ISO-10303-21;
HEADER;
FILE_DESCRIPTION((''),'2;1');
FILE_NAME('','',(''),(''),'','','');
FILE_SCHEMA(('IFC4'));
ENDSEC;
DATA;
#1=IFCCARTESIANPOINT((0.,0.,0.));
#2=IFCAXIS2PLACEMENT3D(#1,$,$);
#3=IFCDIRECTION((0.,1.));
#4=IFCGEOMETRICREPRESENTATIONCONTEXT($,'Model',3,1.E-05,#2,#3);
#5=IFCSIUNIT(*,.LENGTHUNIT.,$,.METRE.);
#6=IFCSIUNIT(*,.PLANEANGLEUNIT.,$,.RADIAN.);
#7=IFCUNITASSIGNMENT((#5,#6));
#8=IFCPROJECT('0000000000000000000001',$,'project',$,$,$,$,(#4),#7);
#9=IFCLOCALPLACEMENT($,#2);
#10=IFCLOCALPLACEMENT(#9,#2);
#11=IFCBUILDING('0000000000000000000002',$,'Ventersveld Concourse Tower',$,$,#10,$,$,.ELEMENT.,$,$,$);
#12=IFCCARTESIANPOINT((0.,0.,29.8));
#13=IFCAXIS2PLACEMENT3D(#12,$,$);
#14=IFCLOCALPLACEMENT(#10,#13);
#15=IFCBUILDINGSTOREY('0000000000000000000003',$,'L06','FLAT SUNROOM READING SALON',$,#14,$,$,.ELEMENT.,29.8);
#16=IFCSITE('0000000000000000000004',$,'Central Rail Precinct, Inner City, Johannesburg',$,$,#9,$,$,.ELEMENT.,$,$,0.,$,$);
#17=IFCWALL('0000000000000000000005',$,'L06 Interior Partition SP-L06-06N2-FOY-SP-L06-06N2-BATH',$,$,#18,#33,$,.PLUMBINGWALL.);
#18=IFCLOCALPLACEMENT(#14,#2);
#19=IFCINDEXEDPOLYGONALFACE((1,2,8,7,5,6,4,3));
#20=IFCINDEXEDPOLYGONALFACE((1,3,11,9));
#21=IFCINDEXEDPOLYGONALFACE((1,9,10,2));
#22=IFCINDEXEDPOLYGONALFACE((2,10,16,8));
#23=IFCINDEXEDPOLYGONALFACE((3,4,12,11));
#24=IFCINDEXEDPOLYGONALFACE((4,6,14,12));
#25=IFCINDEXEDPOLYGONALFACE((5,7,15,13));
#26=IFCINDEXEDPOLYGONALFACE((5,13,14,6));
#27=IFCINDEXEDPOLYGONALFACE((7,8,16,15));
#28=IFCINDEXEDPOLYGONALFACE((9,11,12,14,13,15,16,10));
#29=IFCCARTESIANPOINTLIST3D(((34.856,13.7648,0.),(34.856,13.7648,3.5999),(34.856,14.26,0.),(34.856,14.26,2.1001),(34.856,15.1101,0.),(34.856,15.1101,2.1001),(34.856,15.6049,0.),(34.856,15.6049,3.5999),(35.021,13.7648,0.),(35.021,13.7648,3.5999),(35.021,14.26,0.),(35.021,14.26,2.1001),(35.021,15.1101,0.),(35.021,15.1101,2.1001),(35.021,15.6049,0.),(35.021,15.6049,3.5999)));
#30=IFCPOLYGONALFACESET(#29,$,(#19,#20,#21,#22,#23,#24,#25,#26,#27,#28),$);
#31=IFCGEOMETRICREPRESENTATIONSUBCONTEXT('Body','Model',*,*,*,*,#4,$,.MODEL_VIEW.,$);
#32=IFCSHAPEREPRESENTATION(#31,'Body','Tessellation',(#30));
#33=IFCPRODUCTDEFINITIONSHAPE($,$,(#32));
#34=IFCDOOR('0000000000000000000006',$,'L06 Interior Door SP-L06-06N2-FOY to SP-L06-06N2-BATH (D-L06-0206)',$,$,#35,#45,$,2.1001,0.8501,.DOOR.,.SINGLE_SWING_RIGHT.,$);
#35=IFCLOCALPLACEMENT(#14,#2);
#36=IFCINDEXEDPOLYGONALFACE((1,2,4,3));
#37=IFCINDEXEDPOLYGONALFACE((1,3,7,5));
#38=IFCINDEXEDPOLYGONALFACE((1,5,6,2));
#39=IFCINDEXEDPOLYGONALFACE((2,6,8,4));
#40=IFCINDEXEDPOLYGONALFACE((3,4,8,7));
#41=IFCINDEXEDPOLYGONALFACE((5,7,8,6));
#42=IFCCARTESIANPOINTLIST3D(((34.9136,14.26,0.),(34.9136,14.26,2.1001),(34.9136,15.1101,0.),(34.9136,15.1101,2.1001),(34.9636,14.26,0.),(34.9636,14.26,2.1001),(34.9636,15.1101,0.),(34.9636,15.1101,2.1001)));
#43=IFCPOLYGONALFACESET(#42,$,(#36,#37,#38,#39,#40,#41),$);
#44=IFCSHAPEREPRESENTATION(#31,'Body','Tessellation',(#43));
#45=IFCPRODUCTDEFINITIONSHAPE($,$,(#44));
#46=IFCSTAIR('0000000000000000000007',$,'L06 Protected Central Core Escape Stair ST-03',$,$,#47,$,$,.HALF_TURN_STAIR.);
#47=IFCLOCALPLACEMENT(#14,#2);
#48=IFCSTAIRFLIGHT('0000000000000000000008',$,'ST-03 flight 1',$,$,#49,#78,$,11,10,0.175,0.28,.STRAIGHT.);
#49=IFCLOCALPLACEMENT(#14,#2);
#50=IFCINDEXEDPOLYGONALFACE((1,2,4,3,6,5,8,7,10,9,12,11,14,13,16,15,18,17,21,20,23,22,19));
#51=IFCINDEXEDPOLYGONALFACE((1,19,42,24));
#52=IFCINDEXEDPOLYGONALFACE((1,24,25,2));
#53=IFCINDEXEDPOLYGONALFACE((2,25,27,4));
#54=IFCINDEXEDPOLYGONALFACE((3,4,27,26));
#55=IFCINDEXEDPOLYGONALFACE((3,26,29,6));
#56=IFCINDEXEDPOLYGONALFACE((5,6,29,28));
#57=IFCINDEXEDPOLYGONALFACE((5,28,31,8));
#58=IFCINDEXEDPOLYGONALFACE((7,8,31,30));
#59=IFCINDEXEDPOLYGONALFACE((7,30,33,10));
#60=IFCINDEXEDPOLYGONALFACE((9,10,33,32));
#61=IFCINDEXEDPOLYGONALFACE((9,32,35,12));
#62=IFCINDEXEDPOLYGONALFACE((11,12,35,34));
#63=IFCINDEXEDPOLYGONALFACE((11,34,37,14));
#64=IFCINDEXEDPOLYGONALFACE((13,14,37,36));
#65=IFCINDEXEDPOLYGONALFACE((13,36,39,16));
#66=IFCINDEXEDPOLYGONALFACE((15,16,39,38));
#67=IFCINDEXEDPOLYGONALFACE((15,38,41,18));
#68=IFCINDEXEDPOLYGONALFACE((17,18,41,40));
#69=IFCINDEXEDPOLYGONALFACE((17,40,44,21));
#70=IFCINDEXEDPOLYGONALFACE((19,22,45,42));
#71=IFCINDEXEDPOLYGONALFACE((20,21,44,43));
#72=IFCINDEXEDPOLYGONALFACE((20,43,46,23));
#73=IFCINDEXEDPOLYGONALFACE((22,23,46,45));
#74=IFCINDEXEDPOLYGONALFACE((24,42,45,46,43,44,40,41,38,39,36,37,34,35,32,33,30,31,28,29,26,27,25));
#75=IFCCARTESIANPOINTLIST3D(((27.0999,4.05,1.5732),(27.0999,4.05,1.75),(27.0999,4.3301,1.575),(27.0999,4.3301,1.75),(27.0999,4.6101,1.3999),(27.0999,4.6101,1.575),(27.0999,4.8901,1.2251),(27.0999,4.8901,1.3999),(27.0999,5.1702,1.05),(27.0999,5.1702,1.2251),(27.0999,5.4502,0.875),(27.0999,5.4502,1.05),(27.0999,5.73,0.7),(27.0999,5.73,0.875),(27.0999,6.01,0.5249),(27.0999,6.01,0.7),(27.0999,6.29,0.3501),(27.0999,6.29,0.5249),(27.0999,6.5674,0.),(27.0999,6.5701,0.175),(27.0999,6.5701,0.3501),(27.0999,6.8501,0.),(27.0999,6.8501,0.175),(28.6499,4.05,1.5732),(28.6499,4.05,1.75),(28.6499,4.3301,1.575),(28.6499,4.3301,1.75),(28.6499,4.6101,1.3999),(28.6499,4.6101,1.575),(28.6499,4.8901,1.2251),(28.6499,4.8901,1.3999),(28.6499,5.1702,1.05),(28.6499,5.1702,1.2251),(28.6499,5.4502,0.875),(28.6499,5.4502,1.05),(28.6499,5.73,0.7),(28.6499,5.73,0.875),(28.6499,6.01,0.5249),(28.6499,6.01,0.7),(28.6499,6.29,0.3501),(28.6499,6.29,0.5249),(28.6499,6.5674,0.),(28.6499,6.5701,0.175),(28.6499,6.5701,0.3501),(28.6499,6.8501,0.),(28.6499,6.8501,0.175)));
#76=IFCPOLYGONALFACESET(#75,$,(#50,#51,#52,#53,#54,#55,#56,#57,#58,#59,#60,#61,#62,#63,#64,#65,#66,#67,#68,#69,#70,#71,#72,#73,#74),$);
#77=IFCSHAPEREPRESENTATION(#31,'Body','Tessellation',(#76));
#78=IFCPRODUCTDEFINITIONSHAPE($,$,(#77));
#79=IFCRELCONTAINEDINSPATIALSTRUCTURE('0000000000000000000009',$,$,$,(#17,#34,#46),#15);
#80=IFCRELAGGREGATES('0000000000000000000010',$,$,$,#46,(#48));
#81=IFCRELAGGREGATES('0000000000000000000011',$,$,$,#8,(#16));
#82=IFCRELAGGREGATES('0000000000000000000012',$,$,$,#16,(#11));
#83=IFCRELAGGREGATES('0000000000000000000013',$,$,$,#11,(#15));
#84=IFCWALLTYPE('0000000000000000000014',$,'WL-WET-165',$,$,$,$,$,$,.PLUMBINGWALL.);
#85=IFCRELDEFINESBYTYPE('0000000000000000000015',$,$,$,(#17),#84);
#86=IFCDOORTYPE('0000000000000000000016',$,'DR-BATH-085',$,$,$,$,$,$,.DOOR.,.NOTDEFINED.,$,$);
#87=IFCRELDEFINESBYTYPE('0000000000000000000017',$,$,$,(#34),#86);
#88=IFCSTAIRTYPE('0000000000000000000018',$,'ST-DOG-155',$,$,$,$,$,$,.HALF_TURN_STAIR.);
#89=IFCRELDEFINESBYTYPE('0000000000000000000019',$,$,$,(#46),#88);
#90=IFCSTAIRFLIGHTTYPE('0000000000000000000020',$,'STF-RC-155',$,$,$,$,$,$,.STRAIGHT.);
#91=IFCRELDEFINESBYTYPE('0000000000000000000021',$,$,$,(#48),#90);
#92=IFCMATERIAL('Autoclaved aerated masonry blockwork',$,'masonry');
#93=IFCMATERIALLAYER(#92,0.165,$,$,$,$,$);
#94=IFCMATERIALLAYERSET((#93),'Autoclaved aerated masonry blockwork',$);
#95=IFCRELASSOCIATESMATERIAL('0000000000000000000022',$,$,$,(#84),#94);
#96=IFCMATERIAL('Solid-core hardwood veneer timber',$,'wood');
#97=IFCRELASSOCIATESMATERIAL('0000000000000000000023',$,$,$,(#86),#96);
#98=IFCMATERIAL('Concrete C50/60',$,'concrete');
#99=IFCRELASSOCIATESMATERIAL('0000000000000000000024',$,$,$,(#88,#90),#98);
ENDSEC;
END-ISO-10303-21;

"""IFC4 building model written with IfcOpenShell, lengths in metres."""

from ifc_helpers import new_model, si_unit, direction, frame, frame_2d, origin, place, context, subcontext, project, spatial, polyline, rectangle, outline, extrude, material, layer, layer_set, type_object, element, fill, aggregate, save


model = new_model("IFC4")

# Units and contexts
model_context = context("Model", 3, precision=1e-05, world=origin(), true_north=direction((0.0, 1.0)))
body_context = subcontext(model_context, "Body", "Model", "MODEL_VIEW")
ifc_project = project(units=[si_unit("LENGTHUNIT", "METRE"), si_unit("PLANEANGLEUNIT", "RADIAN")], contexts=[model_context])

# Site, building, storey
site_placement = place(None, origin())
site = spatial("IfcSite", under=ifc_project, at=site_placement, Name="Central Rail Precinct, Inner City, Johannesburg", CompositionType="ELEMENT", RefElevation=0.0)
building_placement = place(site_placement, origin())
building = spatial("IfcBuilding", under=site, at=building_placement, Name="Ventersveld Concourse Tower", CompositionType="ELEMENT")
storey_placement = place(building_placement, frame((0.0, 0.0, 29.8)))
storey = spatial("IfcBuildingStorey", under=building, at=storey_placement, Name="L06", Description="FLAT SUNROOM READING SALON", CompositionType="ELEMENT", Elevation=29.8)

# Shared definitions
ifc_material_1 = material(Name="Concrete C50/60", Category="concrete")

# Shared definitions
ifc_material_2 = material(Name="Solid-core hardwood veneer timber", Category="wood")

# Wall, opening, door
ifc_material_3 = material(Name="Autoclaved aerated masonry blockwork", Category="masonry")
ifc_layer_1 = layer(ifc_material_3, 0.165)
ifc_layer_set_1 = layer_set([ifc_layer_1], Name="Autoclaved aerated masonry blockwork")
wall_type_1 = type_object("IfcWallType", Name="WL-WET-165", PredefinedType="PLUMBINGWALL", material=ifc_layer_set_1)
wall_1_placement = place(storey_placement, frame((34.9385, 13.7649, 0.0), z_axis=(0.0, 0.0, 1.0), x_axis=(0.0, 1.0, 0.0)))
wall_1 = element("IfcWall", 1, at=wall_1_placement, inside=storey, type_object=wall_type_1, Name="L06 Interior Partition SP-L06-06N2-FOY-SP-L06-06N2-BATH", PredefinedType="PLUMBINGWALL", context=body_context, shape_type="SweptSolid", body=[
    extrude(rectangle(XDim=1.8401, YDim=0.165, at=frame_2d((0.9199, 0.0))), origin(), (0.0, 0.0, 1.0), 3.5999),
])
opening_1_placement = place(wall_1_placement, frame((0.4951, 0.0, 0.0)))
opening_1 = element("IfcOpeningElement", 2, at=opening_1_placement, cuts=wall_1, PredefinedType="OPENING", context=body_context, shape_type="SweptSolid", body=[
    extrude(rectangle(XDim=0.8501, YDim=2.1001, at=frame_2d((0.425, 1.05))), frame((0.0, 0.0925, 0.0), z_axis=(0.0, -1.0, 0.0), x_axis=(1.0, 0.0, 0.0)), (0.0, 0.0, 1.0), 0.1851),
])
door_type_1 = type_object("IfcDoorType", Name="DR-BATH-085", OperationType="NOTDEFINED", PredefinedType="DOOR", material=ifc_material_2)
door_1_placement = place(opening_1_placement, origin())
door_1 = element("IfcDoor", 3, at=door_1_placement, inside=storey, type_object=door_type_1, Name="L06 Interior Door SP-L06-06N2-FOY to SP-L06-06N2-BATH (D-L06-0206)", OperationType="SINGLE_SWING_RIGHT", OverallHeight=2.1001, OverallWidth=0.8501, PredefinedType="DOOR", context=body_context, shape_type="SweptSolid", body=[
    extrude(rectangle(XDim=0.8501, YDim=2.1001, at=frame_2d((0.425, 1.05))), frame((0.0, 0.0249, 0.0), z_axis=(0.0, -1.0, 0.0), x_axis=(1.0, 0.0, 0.0)), (0.0, 0.0, 1.0), 0.05),
])
fill(opening_1, door_1)

# Stair, stair flight
stair_type = type_object("IfcStairType", Name="ST-DOG-155", PredefinedType="HALF_TURN_STAIR", material=ifc_material_1)
stair_placement = place(storey_placement, origin())
stair = element("IfcStair", 4, at=stair_placement, inside=storey, type_object=stair_type, Name="L06 Protected Central Core Escape Stair ST-03", PredefinedType="HALF_TURN_STAIR")
stair_flight_type = type_object("IfcStairFlightType", Name="STF-RC-155", PredefinedType="STRAIGHT", material=ifc_material_1)
stair_flight_placement = place(storey_placement, frame((27.875, 6.8501, 0.0), z_axis=(0.0, 0.0, 1.0), x_axis=(0.0, -1.0, 0.0)))
stair_flight = element("IfcStairFlight", 5, at=stair_flight_placement, type_object=stair_flight_type, Name="ST-03 flight 1", NumberOfRisers=11, NumberOfTreads=10, PredefinedType="STRAIGHT", RiserHeight=0.175, TreadLength=0.28, context=body_context, shape_type="SweptSolid", body=[
    extrude(outline(polyline([(0.0, 0.0), (0.0, 0.175), (0.28, 0.175), (0.28, 0.3501), (0.5601, 0.3501), (0.5601, 0.5249), (0.8401, 0.5249), (0.8401, 0.7), (1.1201, 0.7), (1.1201, 0.875), (1.3999, 0.875), (1.3999, 1.05), (1.6799, 1.05), (1.6799, 1.2251), (1.96, 1.2251), (1.96, 1.3999), (2.24, 1.3999), (2.24, 1.575), (2.52, 1.575), (2.52, 1.75), (2.8, 1.75), (2.8, 1.925), (2.8, 1.5732), (0.2827, 0.0), (0.0, 0.0)])), frame((0.0, 0.7749, 0.0), z_axis=(0.0, -1.0, 0.0), x_axis=(1.0, 0.0, 0.0)), (0.0, 0.0, 1.0), 1.55),
])
aggregate(stair, [stair_flight])

save(model, "model.ifc")
